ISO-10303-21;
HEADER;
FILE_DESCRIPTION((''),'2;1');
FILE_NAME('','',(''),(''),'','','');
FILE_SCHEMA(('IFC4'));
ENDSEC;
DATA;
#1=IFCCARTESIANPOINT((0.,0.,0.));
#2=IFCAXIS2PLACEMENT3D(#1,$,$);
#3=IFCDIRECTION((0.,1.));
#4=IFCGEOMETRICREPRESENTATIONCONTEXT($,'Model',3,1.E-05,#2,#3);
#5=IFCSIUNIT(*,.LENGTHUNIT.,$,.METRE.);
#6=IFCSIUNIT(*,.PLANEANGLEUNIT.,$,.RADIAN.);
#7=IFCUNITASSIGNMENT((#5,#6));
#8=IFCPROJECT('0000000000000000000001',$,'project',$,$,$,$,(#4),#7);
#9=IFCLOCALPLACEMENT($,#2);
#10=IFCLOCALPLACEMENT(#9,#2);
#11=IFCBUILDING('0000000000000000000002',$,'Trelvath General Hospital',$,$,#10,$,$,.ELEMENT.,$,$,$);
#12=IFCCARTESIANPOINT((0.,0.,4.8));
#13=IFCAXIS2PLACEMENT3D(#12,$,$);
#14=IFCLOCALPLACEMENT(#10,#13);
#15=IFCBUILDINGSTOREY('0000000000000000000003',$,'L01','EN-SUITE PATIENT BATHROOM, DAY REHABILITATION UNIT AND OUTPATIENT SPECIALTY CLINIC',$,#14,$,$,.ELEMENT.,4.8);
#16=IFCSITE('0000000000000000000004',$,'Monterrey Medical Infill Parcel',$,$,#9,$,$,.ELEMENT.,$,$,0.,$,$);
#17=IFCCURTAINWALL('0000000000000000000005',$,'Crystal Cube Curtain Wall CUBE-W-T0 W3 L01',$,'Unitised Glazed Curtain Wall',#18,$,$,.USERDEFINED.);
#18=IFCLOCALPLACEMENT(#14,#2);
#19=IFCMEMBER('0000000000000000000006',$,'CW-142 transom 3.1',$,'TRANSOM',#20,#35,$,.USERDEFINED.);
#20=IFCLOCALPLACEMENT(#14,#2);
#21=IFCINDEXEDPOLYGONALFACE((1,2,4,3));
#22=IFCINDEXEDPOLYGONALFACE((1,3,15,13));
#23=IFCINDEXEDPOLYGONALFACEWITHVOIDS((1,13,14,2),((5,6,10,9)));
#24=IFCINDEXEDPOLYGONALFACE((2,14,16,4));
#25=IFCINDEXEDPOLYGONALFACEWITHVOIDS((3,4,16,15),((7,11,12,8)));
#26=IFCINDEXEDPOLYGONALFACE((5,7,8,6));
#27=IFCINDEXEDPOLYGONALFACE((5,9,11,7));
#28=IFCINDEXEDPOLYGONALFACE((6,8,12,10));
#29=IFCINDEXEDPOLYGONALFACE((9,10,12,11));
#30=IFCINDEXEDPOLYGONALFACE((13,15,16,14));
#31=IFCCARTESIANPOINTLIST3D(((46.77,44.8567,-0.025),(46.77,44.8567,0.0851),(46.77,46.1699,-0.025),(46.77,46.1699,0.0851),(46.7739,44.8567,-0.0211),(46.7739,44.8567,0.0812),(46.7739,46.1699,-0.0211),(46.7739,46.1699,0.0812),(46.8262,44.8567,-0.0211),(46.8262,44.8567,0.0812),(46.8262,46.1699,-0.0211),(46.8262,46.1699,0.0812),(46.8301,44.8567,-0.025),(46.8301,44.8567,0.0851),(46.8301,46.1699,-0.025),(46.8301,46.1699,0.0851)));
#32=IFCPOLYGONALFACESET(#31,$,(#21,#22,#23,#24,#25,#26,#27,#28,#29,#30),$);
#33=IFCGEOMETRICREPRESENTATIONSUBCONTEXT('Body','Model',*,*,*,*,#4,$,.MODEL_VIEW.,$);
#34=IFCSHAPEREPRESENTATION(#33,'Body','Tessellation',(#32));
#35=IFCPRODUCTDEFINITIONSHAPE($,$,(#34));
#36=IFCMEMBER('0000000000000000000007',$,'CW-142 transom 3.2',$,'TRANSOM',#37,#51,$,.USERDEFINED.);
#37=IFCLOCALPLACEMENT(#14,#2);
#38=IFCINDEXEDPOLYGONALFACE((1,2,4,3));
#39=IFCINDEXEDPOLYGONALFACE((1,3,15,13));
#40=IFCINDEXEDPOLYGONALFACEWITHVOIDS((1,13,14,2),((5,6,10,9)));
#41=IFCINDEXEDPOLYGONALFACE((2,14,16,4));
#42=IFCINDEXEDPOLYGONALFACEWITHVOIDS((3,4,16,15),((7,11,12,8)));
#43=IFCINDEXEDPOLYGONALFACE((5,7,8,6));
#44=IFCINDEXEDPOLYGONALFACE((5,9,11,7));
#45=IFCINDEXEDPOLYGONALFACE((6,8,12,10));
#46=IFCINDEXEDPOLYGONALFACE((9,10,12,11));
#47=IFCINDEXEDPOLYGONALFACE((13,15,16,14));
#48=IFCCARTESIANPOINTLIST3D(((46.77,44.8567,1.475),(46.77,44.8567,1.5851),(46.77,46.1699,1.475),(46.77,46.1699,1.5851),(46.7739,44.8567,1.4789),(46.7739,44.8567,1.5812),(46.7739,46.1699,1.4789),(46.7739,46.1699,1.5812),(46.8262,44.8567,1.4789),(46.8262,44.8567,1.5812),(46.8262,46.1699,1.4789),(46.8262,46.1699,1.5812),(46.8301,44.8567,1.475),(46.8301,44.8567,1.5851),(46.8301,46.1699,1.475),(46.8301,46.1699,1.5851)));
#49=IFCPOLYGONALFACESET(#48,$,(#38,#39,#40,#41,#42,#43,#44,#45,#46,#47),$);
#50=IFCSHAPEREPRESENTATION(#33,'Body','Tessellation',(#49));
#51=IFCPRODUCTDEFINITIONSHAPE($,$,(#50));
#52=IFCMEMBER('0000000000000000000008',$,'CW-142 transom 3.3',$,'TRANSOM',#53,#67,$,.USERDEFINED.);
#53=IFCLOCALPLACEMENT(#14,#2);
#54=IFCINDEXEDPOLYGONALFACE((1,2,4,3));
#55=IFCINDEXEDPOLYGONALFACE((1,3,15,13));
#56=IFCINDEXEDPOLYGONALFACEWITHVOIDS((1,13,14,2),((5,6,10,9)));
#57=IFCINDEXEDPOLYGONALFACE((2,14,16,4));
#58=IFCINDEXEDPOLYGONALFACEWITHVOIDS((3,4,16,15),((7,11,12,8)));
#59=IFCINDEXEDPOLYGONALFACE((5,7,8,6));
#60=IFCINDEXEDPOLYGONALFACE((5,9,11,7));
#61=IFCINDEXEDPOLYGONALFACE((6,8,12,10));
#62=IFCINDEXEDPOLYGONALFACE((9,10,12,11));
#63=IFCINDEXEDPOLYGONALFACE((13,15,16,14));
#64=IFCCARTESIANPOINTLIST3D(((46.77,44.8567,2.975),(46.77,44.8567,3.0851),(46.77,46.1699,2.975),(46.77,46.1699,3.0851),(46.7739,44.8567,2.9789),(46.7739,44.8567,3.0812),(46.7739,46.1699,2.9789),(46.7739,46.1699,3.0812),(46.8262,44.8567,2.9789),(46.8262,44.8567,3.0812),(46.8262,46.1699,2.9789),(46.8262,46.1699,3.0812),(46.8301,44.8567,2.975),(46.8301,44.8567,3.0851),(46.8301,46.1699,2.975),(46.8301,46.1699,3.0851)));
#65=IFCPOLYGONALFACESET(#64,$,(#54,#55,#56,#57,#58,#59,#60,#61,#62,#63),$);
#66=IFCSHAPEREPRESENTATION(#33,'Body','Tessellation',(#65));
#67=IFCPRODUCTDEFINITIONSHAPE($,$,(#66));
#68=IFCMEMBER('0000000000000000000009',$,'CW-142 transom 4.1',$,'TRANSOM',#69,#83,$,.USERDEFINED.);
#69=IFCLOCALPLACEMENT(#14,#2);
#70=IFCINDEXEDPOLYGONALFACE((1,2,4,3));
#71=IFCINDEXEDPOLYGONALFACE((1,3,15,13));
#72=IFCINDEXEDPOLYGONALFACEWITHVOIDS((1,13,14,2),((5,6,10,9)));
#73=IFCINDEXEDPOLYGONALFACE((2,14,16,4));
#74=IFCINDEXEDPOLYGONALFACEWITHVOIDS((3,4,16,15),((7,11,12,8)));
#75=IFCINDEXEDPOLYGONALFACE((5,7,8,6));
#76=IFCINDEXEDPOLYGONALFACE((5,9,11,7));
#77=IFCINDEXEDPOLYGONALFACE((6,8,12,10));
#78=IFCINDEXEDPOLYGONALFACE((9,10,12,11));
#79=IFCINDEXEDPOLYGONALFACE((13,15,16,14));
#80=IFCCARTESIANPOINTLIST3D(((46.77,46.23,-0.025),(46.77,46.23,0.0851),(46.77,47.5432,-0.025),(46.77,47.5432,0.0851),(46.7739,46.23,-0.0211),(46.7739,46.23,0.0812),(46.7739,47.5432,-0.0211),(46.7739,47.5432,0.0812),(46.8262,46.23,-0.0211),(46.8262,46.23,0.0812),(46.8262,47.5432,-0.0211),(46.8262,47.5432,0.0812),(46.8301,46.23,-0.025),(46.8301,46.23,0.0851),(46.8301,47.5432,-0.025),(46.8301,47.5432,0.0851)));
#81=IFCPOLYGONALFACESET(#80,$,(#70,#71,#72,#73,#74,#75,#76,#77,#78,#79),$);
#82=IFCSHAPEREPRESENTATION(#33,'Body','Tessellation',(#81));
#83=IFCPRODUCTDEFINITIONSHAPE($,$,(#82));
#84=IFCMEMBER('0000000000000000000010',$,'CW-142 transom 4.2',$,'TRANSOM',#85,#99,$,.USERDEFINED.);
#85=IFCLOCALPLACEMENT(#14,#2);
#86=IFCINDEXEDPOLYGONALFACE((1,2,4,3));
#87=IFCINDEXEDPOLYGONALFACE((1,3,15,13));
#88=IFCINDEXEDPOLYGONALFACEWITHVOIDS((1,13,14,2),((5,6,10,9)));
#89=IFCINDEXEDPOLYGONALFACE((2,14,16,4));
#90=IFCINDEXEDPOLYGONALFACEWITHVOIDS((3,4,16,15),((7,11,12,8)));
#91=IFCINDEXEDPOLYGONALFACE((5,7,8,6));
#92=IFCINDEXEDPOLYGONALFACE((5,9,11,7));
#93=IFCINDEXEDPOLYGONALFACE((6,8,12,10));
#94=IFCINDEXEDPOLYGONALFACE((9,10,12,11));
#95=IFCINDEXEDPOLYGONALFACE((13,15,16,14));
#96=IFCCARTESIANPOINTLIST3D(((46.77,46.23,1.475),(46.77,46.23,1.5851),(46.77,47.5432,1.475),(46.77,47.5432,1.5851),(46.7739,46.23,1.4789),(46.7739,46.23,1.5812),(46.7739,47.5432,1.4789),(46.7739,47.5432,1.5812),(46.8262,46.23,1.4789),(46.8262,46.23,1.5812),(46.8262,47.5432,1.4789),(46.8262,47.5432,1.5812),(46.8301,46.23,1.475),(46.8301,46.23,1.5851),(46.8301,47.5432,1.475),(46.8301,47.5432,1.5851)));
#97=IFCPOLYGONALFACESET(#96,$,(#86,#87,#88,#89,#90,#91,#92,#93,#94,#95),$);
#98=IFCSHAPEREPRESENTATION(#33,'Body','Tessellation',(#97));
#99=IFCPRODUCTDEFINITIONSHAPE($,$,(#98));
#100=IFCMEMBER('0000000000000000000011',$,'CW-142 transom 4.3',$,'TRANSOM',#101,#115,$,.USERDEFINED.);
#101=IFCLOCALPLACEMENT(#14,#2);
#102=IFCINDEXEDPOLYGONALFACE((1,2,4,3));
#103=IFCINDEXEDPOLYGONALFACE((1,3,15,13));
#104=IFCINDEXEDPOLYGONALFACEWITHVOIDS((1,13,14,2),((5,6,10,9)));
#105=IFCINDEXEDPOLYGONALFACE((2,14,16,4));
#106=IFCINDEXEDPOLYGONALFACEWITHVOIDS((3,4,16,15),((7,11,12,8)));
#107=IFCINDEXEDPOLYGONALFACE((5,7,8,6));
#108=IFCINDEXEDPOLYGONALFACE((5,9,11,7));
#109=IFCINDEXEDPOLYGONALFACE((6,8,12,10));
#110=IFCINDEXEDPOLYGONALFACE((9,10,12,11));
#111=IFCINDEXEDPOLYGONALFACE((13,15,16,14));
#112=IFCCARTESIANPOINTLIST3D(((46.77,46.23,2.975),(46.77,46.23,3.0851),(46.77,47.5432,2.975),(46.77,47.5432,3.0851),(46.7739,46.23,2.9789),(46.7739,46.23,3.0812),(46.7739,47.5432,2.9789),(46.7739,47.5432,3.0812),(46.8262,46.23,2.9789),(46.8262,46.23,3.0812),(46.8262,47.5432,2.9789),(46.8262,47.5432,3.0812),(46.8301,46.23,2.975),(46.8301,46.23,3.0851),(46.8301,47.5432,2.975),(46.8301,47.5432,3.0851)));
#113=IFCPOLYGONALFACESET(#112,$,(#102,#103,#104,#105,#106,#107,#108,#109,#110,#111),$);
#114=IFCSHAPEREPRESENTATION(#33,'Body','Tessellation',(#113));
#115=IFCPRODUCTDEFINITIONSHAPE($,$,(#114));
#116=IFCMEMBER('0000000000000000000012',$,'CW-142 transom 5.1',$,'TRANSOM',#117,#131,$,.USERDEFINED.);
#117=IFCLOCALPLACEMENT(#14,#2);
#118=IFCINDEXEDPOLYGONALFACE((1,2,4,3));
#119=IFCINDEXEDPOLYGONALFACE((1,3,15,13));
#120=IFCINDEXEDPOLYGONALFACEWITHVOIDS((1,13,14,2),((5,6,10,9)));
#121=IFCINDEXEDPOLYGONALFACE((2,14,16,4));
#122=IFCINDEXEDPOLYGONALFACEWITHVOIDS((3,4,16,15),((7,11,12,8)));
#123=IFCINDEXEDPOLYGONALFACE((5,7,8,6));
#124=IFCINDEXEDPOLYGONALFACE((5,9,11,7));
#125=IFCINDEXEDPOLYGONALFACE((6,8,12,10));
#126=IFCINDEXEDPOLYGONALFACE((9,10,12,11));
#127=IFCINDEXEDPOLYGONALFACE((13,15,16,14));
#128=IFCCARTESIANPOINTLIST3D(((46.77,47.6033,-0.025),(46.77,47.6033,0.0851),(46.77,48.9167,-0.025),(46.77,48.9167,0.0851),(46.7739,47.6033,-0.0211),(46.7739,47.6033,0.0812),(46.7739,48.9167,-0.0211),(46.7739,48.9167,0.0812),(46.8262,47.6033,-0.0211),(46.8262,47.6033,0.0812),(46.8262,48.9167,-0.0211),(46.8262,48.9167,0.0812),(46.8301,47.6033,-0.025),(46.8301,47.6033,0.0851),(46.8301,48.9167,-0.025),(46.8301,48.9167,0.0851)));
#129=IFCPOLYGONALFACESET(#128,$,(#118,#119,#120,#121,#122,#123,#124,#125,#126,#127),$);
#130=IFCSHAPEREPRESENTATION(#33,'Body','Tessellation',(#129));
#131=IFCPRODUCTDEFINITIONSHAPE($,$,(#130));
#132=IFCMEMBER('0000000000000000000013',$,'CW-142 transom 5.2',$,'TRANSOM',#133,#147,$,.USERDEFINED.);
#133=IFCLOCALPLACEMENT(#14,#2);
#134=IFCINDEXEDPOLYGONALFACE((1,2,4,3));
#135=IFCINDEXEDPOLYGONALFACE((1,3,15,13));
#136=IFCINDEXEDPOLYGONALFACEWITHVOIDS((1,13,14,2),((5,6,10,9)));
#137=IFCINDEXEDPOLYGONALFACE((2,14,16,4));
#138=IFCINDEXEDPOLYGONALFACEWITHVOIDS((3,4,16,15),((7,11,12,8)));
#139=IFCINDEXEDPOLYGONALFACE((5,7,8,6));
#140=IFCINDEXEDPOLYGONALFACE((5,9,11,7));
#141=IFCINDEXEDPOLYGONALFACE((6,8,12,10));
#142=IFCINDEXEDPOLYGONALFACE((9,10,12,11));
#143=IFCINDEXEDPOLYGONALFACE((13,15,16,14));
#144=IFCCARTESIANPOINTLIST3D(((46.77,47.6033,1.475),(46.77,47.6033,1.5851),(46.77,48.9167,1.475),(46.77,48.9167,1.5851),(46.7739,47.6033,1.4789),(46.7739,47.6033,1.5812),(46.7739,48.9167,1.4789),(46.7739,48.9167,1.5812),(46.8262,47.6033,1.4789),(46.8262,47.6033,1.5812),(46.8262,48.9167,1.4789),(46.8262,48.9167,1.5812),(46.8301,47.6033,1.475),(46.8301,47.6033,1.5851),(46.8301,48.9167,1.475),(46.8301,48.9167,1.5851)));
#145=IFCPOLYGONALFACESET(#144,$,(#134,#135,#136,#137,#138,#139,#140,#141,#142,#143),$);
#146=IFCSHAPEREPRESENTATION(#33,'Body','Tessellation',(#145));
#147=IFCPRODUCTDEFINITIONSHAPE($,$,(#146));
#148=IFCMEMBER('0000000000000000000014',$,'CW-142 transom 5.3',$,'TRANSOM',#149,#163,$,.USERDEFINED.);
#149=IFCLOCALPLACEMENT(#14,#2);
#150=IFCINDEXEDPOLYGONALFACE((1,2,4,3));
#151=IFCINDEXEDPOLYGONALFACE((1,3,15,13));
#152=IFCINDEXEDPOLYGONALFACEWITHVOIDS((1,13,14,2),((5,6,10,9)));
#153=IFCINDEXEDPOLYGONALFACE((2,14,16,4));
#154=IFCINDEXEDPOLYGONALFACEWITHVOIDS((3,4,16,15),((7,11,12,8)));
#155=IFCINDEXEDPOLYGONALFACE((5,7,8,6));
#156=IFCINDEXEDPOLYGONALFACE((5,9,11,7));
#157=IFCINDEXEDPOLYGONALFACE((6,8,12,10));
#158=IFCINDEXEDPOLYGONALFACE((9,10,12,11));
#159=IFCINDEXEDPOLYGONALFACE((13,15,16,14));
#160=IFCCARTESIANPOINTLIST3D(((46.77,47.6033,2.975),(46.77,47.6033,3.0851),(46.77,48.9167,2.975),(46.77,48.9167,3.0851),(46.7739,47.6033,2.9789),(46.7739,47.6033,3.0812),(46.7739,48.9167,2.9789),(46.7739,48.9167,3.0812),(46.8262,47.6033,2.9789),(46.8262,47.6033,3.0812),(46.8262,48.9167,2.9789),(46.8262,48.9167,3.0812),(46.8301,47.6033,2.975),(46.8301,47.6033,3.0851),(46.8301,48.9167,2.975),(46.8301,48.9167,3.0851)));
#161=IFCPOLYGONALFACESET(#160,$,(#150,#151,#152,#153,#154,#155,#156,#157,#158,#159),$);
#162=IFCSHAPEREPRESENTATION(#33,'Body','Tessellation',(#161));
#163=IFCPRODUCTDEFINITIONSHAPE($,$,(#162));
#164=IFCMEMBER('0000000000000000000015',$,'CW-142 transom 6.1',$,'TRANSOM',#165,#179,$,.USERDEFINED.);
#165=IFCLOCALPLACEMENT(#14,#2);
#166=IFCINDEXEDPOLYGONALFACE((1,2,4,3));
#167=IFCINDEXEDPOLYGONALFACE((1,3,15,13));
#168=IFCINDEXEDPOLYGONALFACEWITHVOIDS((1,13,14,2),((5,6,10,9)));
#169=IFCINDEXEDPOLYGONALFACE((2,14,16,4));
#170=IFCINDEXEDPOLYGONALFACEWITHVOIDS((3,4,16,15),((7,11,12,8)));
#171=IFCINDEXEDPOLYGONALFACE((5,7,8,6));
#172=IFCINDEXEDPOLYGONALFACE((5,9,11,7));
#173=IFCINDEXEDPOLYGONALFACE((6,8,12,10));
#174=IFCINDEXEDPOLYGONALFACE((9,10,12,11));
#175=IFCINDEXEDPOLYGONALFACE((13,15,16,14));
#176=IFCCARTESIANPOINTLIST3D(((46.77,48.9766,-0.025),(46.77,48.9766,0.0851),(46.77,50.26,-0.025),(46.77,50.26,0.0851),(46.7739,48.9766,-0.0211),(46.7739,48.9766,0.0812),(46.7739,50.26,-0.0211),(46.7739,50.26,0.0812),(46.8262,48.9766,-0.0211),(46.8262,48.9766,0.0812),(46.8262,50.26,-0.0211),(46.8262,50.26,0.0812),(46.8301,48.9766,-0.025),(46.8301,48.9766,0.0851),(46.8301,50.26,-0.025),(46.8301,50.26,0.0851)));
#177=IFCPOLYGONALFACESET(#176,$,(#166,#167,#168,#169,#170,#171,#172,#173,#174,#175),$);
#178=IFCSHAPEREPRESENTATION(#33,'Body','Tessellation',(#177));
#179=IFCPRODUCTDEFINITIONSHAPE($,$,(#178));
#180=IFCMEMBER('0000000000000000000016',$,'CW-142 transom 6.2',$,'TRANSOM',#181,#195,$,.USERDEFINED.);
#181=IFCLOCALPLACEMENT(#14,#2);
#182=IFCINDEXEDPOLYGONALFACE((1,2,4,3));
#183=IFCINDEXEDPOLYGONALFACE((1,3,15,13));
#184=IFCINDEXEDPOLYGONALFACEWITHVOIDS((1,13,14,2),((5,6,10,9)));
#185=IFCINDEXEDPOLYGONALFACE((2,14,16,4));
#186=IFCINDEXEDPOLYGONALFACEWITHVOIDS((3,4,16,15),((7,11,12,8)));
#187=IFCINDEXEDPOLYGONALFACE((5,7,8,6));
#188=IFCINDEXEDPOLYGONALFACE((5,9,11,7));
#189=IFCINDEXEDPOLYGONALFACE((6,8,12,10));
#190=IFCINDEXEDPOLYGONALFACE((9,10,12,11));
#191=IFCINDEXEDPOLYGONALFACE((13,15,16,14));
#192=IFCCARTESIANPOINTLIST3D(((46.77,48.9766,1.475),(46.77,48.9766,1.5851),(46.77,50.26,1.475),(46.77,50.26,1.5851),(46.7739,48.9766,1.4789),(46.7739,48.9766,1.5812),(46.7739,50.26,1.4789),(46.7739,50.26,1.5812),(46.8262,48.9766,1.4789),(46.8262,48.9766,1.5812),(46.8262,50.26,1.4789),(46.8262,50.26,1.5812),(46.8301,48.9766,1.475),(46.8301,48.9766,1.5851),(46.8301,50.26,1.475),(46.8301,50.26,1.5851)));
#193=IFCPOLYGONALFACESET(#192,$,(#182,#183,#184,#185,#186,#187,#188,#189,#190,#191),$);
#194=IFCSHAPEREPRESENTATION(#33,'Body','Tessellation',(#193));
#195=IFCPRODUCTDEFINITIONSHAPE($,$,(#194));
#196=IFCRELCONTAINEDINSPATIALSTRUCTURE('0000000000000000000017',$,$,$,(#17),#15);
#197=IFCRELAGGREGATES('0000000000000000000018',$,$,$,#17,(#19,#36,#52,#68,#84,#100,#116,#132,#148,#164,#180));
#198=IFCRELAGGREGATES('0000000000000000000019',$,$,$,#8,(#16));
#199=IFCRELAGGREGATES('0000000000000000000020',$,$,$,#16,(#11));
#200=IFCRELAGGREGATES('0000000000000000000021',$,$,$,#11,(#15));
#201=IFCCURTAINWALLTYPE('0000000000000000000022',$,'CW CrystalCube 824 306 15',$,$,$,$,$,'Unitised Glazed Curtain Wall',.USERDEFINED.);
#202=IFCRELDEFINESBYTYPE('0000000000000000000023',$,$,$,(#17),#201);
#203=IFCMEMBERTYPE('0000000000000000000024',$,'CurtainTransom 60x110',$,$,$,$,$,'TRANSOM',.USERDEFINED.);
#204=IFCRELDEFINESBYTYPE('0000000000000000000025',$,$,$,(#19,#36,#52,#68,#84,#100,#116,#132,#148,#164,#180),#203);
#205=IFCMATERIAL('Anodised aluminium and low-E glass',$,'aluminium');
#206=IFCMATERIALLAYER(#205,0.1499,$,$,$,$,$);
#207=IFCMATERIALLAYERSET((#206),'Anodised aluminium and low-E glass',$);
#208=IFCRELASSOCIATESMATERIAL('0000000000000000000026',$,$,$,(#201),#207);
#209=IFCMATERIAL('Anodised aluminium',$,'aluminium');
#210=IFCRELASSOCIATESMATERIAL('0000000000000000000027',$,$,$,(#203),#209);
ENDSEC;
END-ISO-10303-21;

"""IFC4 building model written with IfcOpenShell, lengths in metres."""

from ifc_helpers import new_model, si_unit, direction, frame, origin, origin_2d, place, context, subcontext, project, spatial, hollow_rectangle, extrude, material, layer, layer_set, material_profile, profile_set, type_object, element, aggregate, save


model = new_model("IFC4")

# Units and contexts
model_context = context("Model", 3, precision=1e-05, world=origin(), true_north=direction((0.0, 1.0)))
body_context = subcontext(model_context, "Body", "Model", "MODEL_VIEW")
ifc_project = project(units=[si_unit("LENGTHUNIT", "METRE"), si_unit("PLANEANGLEUNIT", "RADIAN")], contexts=[model_context])

# Site, building, storey
site_placement = place(None, origin())
site = spatial("IfcSite", under=ifc_project, at=site_placement, Name="Monterrey Medical Infill Parcel", CompositionType="ELEMENT", RefElevation=0.0)
building_placement = place(site_placement, origin())
building = spatial("IfcBuilding", under=site, at=building_placement, Name="Trelvath General Hospital", CompositionType="ELEMENT")
storey_placement = place(building_placement, frame((0.0, 0.0, 4.8)))
storey = spatial("IfcBuildingStorey", under=building, at=storey_placement, Name="L01", Description="EN-SUITE PATIENT BATHROOM, DAY REHABILITATION UNIT AND OUTPATIENT SPECIALTY CLINIC", CompositionType="ELEMENT", Elevation=4.8)

# Curtain wall
ifc_material_1 = material(Name="Anodised aluminium and low-E glass", Category="aluminium")
ifc_layer_1 = layer(ifc_material_1, 0.1499)
ifc_layer_set_1 = layer_set([ifc_layer_1], Name="Anodised aluminium and low-E glass")
curtain_wall_type_1 = type_object("IfcCurtainWallType", Name="CW CrystalCube 824 306 15", ElementType="Unitised Glazed Curtain Wall", PredefinedType="USERDEFINED", material=ifc_layer_set_1)
curtain_wall_1_placement = place(storey_placement, origin())
curtain_wall_1 = element("IfcCurtainWall", 1, at=curtain_wall_1_placement, inside=storey, type_object=curtain_wall_type_1, Name="Crystal Cube Curtain Wall CUBE-W-T0 W3 L01", ObjectType="Unitised Glazed Curtain Wall", PredefinedType="USERDEFINED")

# Members
ifc_material_2 = material(Name="Anodised aluminium", Category="aluminium")
ifc_material_profile_1 = material_profile(ifc_material_2, hollow_rectangle(XDim=0.0601, YDim=0.1101, WallThickness=0.0039, at=origin_2d()), Name="RHS60x110x4")
ifc_profile_set_1 = profile_set([ifc_material_profile_1], Name="Anodised aluminium")
member_type_1 = type_object("IfcMemberType", Name="CurtainTransom 60x110", ElementType="TRANSOM", PredefinedType="USERDEFINED", material=ifc_profile_set_1)
member_1_placement = place(storey_placement, frame((46.8, 44.8567, 0.03), z_axis=(0.0, 1.0, 0.0), x_axis=(-1.0, 0.0, 0.0)))
member_1 = element("IfcMember", 2, at=member_1_placement, type_object=member_type_1, Name="CW-142 transom 3.1", ObjectType="TRANSOM", PredefinedType="USERDEFINED", context=body_context, shape_type="SweptSolid", body=[
    extrude(hollow_rectangle(XDim=0.0601, YDim=0.1101, WallThickness=0.0039, at=origin_2d()), origin(), (0.0, 0.0, 1.0), 1.3132),
])
member_2_placement = place(storey_placement, frame((46.8, 44.8567, 1.53), z_axis=(0.0, 1.0, 0.0), x_axis=(-1.0, 0.0, 0.0)))
member_2 = element("IfcMember", 3, at=member_2_placement, type_object=member_type_1, Name="CW-142 transom 3.2", ObjectType="TRANSOM", PredefinedType="USERDEFINED", context=body_context, shape_type="SweptSolid", body=[
    extrude(hollow_rectangle(XDim=0.0601, YDim=0.1101, WallThickness=0.0039, at=origin_2d()), origin(), (0.0, 0.0, 1.0), 1.3132),
])
member_3_placement = place(storey_placement, frame((46.8, 44.8567, 3.03), z_axis=(0.0, 1.0, 0.0), x_axis=(-1.0, 0.0, 0.0)))
member_3 = element("IfcMember", 4, at=member_3_placement, type_object=member_type_1, Name="CW-142 transom 3.3", ObjectType="TRANSOM", PredefinedType="USERDEFINED", context=body_context, shape_type="SweptSolid", body=[
    extrude(hollow_rectangle(XDim=0.0601, YDim=0.1101, WallThickness=0.0039, at=origin_2d()), origin(), (0.0, 0.0, 1.0), 1.3132),
])
member_4_placement = place(storey_placement, frame((46.8, 46.23, 0.03), z_axis=(0.0, 1.0, 0.0), x_axis=(-1.0, 0.0, 0.0)))
member_4 = element("IfcMember", 5, at=member_4_placement, type_object=member_type_1, Name="CW-142 transom 4.1", ObjectType="TRANSOM", PredefinedType="USERDEFINED", context=body_context, shape_type="SweptSolid", body=[
    extrude(hollow_rectangle(XDim=0.0601, YDim=0.1101, WallThickness=0.0039, at=origin_2d()), origin(), (0.0, 0.0, 1.0), 1.3132),
])
member_5_placement = place(storey_placement, frame((46.8, 46.23, 1.53), z_axis=(0.0, 1.0, 0.0), x_axis=(-1.0, 0.0, 0.0)))
member_5 = element("IfcMember", 6, at=member_5_placement, type_object=member_type_1, Name="CW-142 transom 4.2", ObjectType="TRANSOM", PredefinedType="USERDEFINED", context=body_context, shape_type="SweptSolid", body=[
    extrude(hollow_rectangle(XDim=0.0601, YDim=0.1101, WallThickness=0.0039, at=origin_2d()), origin(), (0.0, 0.0, 1.0), 1.3132),
])
member_6_placement = place(storey_placement, frame((46.8, 46.23, 3.03), z_axis=(0.0, 1.0, 0.0), x_axis=(-1.0, 0.0, 0.0)))
member_6 = element("IfcMember", 7, at=member_6_placement, type_object=member_type_1, Name="CW-142 transom 4.3", ObjectType="TRANSOM", PredefinedType="USERDEFINED", context=body_context, shape_type="SweptSolid", body=[
    extrude(hollow_rectangle(XDim=0.0601, YDim=0.1101, WallThickness=0.0039, at=origin_2d()), origin(), (0.0, 0.0, 1.0), 1.3132),
])
member_7_placement = place(storey_placement, frame((46.8, 47.6033, 0.03), z_axis=(0.0, 1.0, 0.0), x_axis=(-1.0, 0.0, 0.0)))
member_7 = element("IfcMember", 8, at=member_7_placement, type_object=member_type_1, Name="CW-142 transom 5.1", ObjectType="TRANSOM", PredefinedType="USERDEFINED", context=body_context, shape_type="SweptSolid", body=[
    extrude(hollow_rectangle(XDim=0.0601, YDim=0.1101, WallThickness=0.0039, at=origin_2d()), origin(), (0.0, 0.0, 1.0), 1.3135),
])
member_8_placement = place(storey_placement, frame((46.8, 47.6033, 1.53), z_axis=(0.0, 1.0, 0.0), x_axis=(-1.0, 0.0, 0.0)))
member_8 = element("IfcMember", 9, at=member_8_placement, type_object=member_type_1, Name="CW-142 transom 5.2", ObjectType="TRANSOM", PredefinedType="USERDEFINED", context=body_context, shape_type="SweptSolid", body=[
    extrude(hollow_rectangle(XDim=0.0601, YDim=0.1101, WallThickness=0.0039, at=origin_2d()), origin(), (0.0, 0.0, 1.0), 1.3135),
])
member_9_placement = place(storey_placement, frame((46.8, 47.6033, 3.03), z_axis=(0.0, 1.0, 0.0), x_axis=(-1.0, 0.0, 0.0)))
member_9 = element("IfcMember", 10, at=member_9_placement, type_object=member_type_1, Name="CW-142 transom 5.3", ObjectType="TRANSOM", PredefinedType="USERDEFINED", context=body_context, shape_type="SweptSolid", body=[
    extrude(hollow_rectangle(XDim=0.0601, YDim=0.1101, WallThickness=0.0039, at=origin_2d()), origin(), (0.0, 0.0, 1.0), 1.3135),
])
member_10_placement = place(storey_placement, frame((46.8, 48.9766, 0.03), z_axis=(0.0, 1.0, 0.0), x_axis=(-1.0, 0.0, 0.0)))
member_10 = element("IfcMember", 11, at=member_10_placement, type_object=member_type_1, Name="CW-142 transom 6.1", ObjectType="TRANSOM", PredefinedType="USERDEFINED", context=body_context, shape_type="SweptSolid", body=[
    extrude(hollow_rectangle(XDim=0.0601, YDim=0.1101, WallThickness=0.0039, at=origin_2d()), origin(), (0.0, 0.0, 1.0), 1.2834),
])
member_11_placement = place(storey_placement, frame((46.8, 48.9766, 1.53), z_axis=(0.0, 1.0, 0.0), x_axis=(-1.0, 0.0, 0.0)))
member_11 = element("IfcMember", 12, at=member_11_placement, type_object=member_type_1, Name="CW-142 transom 6.2", ObjectType="TRANSOM", PredefinedType="USERDEFINED", context=body_context, shape_type="SweptSolid", body=[
    extrude(hollow_rectangle(XDim=0.0601, YDim=0.1101, WallThickness=0.0039, at=origin_2d()), origin(), (0.0, 0.0, 1.0), 1.2834),
])

aggregate(curtain_wall_1, [member_1, member_2, member_3, member_4, member_5, member_6, member_7, member_8, member_9, member_10, member_11])

save(model, "model.ifc")
